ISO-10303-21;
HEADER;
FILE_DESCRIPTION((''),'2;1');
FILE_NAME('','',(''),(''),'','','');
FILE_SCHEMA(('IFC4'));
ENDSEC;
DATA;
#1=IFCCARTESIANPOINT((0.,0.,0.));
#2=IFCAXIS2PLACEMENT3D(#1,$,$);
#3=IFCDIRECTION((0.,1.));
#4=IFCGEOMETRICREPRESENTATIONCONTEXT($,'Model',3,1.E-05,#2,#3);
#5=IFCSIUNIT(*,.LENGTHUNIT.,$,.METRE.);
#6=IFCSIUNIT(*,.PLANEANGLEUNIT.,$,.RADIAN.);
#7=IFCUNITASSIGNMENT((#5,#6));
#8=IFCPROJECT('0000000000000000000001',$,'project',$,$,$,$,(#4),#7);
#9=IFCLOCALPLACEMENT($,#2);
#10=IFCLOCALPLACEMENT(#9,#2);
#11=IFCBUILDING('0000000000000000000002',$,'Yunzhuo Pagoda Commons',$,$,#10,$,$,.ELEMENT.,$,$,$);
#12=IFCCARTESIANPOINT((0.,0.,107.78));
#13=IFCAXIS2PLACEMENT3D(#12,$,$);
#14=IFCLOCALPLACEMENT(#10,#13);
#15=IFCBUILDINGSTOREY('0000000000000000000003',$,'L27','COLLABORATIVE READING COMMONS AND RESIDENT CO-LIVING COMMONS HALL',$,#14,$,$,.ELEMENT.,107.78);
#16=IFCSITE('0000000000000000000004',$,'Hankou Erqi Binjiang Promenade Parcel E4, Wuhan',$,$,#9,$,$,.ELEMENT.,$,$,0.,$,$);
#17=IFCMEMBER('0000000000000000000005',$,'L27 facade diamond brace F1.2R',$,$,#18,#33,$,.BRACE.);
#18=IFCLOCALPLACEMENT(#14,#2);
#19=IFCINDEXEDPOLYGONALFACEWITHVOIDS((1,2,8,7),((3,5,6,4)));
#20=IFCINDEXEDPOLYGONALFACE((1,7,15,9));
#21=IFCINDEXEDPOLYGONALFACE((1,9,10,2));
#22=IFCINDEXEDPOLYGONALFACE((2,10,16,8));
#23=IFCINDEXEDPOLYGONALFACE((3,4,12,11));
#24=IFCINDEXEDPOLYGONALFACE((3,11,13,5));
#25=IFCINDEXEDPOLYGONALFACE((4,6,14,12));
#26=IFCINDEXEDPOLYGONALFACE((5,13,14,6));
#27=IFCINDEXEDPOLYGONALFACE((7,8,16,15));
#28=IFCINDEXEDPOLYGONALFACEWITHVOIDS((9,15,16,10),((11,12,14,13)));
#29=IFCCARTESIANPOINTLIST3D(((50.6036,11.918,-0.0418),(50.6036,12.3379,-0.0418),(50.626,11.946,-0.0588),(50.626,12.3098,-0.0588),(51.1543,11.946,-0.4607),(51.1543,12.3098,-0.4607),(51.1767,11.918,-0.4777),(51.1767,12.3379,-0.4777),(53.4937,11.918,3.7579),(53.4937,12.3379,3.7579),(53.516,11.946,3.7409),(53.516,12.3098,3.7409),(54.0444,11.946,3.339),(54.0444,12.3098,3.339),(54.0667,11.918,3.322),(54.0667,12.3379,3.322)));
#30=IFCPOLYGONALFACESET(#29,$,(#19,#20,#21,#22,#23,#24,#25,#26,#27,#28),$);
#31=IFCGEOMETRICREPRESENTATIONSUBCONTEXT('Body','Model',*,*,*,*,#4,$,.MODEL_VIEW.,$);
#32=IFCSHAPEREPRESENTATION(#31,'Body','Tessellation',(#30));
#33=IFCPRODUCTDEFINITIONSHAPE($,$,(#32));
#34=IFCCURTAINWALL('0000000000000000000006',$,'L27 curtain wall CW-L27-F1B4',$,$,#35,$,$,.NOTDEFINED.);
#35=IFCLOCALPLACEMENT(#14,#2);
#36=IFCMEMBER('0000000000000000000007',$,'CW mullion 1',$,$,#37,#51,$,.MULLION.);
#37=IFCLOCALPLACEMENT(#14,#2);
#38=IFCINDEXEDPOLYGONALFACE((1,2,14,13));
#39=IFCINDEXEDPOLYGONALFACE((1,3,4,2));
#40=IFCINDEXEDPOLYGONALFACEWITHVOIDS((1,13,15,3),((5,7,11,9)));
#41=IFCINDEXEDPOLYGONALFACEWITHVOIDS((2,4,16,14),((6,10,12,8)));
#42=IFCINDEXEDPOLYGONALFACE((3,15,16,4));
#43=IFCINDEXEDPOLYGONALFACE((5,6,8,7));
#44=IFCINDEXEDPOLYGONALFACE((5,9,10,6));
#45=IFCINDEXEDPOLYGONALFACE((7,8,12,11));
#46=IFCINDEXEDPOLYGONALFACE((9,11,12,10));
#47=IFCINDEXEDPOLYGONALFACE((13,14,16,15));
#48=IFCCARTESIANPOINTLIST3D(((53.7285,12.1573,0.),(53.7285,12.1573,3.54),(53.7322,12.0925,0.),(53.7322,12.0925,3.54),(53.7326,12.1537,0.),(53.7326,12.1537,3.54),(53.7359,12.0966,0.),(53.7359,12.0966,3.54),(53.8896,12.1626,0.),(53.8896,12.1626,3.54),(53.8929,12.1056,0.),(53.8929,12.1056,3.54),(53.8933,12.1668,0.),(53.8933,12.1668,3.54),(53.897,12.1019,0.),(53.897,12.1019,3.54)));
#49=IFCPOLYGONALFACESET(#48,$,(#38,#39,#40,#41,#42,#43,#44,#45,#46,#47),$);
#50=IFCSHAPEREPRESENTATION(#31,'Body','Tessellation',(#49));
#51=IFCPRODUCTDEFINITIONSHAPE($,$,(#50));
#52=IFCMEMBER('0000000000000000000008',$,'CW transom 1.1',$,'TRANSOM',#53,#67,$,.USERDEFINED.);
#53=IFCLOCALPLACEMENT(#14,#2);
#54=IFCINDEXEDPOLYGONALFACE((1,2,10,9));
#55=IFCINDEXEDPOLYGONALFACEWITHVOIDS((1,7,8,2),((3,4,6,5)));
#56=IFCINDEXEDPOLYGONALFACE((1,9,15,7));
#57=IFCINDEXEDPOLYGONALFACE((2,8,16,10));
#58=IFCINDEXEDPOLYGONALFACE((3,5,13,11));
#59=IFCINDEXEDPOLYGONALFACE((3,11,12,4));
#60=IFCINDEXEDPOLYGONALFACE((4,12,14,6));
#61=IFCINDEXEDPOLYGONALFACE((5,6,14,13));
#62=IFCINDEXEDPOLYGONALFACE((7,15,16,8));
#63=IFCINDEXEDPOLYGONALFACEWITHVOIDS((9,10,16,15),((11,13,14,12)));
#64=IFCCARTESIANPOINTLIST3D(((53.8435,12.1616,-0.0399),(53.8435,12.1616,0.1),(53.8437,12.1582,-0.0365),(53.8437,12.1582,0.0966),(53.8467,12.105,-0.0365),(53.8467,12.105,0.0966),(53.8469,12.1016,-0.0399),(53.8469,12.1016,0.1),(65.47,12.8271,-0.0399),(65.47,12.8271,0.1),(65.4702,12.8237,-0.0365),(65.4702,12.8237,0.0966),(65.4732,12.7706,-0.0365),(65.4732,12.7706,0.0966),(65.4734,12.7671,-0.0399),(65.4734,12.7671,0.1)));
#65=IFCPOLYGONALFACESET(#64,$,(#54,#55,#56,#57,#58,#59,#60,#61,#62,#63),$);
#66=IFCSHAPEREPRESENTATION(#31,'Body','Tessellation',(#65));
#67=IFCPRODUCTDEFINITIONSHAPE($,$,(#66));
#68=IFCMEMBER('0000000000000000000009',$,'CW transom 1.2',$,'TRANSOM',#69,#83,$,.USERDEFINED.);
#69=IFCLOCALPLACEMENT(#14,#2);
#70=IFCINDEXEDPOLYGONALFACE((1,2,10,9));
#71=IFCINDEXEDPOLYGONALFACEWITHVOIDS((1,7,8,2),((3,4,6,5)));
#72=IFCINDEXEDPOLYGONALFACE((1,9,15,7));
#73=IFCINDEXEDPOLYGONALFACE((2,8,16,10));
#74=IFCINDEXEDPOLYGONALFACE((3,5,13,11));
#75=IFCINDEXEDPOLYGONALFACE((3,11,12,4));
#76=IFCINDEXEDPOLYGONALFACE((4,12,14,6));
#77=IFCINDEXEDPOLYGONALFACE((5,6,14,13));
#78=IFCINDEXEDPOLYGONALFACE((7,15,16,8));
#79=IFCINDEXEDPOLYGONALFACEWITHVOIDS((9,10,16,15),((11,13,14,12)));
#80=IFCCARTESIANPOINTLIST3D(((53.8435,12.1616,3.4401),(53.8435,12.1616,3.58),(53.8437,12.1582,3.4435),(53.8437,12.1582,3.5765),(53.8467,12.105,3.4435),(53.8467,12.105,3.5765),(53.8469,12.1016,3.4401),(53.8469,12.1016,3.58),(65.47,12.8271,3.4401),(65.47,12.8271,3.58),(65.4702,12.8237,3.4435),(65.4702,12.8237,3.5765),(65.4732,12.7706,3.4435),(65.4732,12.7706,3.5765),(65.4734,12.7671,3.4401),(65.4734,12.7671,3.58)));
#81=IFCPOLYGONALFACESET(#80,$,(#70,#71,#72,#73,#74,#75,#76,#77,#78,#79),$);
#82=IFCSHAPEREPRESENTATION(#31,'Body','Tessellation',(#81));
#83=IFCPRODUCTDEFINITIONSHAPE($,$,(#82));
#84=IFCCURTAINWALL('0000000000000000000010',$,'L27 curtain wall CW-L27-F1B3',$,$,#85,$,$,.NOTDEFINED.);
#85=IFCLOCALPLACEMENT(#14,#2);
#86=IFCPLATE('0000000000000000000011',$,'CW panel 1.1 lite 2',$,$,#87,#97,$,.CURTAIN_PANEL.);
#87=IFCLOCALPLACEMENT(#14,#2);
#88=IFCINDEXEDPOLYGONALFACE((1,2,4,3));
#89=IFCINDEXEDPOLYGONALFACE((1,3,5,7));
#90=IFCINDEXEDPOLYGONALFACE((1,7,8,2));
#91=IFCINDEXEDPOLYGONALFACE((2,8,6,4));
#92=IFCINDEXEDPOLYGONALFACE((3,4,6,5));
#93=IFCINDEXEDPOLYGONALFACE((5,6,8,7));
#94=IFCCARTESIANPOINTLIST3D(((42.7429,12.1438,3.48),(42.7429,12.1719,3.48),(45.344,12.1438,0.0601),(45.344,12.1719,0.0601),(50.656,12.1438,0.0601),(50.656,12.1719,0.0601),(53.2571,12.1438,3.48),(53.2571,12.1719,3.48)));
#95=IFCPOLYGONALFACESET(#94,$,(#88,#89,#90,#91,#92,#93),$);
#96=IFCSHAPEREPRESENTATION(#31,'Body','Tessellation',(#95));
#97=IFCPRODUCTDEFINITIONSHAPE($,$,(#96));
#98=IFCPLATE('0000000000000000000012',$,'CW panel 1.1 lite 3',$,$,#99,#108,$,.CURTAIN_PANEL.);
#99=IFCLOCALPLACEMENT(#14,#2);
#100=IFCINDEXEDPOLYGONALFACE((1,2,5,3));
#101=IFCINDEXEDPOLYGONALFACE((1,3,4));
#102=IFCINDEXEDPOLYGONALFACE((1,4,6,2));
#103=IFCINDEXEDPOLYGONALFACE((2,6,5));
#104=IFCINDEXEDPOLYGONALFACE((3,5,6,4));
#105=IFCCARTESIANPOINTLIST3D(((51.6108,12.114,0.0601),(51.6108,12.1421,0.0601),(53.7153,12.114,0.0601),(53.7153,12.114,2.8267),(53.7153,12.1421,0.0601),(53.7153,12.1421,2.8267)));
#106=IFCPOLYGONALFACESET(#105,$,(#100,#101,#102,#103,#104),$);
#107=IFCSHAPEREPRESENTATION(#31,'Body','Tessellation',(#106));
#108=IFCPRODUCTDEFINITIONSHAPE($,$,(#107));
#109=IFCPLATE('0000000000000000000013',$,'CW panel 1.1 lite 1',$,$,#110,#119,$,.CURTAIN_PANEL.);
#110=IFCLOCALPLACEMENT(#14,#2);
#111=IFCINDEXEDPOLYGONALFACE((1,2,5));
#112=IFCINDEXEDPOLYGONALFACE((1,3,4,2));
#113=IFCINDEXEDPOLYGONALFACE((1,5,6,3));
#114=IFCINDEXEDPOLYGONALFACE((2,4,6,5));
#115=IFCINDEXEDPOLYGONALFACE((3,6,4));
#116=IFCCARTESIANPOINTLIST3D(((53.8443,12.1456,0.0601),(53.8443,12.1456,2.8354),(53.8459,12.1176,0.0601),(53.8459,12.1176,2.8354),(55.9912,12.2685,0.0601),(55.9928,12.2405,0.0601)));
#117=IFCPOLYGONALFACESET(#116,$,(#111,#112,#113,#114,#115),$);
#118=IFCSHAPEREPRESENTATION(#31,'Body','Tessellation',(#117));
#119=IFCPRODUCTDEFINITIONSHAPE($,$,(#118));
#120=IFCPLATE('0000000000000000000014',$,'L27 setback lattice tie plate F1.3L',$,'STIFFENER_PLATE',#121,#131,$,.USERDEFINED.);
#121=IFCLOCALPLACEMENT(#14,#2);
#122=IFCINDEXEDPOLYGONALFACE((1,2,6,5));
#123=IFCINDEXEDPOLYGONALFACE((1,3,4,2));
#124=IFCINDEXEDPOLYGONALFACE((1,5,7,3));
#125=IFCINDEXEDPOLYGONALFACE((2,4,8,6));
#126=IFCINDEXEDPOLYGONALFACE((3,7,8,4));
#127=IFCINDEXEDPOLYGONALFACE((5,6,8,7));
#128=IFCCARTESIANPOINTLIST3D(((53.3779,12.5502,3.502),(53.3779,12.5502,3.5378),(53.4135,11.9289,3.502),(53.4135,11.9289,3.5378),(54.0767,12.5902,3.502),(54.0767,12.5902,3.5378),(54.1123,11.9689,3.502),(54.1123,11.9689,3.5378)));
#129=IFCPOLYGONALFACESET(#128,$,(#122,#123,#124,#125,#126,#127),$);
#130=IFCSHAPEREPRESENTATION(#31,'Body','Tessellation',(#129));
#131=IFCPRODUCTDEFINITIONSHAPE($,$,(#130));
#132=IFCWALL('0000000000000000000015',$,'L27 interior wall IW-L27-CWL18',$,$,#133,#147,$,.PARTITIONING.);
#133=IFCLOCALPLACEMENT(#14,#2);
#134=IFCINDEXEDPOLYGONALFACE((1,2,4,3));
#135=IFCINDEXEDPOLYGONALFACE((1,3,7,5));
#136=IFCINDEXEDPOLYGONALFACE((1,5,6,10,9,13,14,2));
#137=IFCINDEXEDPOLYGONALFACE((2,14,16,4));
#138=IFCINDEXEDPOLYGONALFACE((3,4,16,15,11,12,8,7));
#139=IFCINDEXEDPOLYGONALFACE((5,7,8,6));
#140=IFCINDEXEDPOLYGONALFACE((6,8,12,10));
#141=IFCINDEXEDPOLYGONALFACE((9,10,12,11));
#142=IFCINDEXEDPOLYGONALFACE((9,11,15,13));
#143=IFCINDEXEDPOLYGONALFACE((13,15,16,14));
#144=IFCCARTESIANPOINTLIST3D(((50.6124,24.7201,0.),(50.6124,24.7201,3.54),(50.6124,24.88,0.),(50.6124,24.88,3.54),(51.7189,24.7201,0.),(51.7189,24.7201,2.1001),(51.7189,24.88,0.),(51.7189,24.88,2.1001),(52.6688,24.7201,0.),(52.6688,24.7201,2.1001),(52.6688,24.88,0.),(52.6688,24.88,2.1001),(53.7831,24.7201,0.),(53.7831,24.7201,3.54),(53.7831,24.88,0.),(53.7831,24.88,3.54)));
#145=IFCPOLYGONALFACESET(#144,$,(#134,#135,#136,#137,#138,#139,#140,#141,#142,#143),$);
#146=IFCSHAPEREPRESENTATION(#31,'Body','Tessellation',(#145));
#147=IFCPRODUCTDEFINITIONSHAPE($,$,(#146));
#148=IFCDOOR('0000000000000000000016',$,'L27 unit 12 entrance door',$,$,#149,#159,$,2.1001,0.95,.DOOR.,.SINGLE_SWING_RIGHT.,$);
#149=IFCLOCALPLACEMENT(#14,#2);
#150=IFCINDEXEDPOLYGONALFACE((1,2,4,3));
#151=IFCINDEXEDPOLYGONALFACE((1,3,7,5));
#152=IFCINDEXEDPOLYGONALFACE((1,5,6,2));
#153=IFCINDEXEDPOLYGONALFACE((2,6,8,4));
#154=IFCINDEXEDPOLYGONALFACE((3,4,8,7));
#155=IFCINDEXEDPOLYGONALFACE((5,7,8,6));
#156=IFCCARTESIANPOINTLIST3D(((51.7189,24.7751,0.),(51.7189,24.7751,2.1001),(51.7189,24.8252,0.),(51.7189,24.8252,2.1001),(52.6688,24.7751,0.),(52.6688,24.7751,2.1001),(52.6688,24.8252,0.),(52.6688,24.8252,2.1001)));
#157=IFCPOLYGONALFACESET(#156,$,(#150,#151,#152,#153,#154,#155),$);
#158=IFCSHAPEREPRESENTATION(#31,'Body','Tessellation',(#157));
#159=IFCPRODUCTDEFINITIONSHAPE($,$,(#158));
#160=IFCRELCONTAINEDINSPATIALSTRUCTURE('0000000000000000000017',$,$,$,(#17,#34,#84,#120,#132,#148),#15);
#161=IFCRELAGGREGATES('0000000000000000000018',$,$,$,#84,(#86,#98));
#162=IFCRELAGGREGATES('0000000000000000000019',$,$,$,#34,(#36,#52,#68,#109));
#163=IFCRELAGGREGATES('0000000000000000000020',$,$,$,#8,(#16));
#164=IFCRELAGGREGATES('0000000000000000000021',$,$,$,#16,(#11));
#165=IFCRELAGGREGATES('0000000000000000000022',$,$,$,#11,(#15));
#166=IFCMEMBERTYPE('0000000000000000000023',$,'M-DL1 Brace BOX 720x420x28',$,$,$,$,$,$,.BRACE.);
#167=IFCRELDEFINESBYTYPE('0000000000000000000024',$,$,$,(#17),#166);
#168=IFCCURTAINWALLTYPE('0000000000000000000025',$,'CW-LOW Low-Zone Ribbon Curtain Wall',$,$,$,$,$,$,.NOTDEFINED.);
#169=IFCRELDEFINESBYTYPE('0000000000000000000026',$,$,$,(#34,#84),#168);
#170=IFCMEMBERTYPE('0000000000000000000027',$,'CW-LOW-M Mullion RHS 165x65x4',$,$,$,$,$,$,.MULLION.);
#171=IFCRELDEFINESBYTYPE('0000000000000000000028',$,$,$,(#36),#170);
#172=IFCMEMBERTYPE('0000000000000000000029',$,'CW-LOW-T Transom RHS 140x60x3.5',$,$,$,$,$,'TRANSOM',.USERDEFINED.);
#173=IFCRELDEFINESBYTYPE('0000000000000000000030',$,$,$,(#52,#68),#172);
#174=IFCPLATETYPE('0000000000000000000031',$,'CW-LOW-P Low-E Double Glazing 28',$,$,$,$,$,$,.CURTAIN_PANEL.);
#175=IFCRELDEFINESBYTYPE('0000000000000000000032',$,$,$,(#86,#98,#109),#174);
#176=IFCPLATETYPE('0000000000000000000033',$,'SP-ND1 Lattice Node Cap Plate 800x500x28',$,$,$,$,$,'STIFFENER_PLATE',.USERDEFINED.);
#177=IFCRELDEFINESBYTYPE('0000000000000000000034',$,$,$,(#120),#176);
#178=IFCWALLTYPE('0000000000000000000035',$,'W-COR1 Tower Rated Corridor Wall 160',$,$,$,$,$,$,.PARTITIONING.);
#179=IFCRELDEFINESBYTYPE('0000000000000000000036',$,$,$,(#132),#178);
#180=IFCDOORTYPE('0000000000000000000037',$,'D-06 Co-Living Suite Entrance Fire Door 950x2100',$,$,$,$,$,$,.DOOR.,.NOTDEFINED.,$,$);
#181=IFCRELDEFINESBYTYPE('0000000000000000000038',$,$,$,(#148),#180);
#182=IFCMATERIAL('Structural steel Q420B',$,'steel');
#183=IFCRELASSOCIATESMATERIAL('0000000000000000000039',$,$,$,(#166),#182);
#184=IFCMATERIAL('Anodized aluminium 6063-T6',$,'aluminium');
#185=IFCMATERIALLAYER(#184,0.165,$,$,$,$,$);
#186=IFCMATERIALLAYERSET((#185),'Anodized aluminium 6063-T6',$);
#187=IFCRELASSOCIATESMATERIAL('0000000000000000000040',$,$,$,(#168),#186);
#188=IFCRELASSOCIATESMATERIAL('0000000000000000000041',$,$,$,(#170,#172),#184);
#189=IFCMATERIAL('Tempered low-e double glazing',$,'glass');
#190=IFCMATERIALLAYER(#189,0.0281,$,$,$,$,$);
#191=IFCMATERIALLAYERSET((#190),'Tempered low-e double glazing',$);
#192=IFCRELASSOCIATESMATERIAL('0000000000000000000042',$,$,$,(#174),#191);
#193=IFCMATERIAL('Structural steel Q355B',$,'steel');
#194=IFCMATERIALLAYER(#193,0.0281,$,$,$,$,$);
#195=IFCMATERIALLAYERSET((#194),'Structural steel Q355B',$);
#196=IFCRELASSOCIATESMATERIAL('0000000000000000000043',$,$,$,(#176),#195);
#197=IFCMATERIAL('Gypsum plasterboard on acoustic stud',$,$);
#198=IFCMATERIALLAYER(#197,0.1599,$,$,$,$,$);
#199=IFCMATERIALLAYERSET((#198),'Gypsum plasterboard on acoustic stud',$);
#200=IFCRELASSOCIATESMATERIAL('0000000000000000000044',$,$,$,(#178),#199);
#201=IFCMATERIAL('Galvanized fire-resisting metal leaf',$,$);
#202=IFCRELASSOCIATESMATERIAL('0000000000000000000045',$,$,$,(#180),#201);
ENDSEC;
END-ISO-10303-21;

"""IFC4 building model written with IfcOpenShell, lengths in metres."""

from ifc_helpers import new_model, si_unit, direction, frame, frame_2d, origin, origin_with_axes, origin_2d, place, context, subcontext, project, spatial, polyline, rectangle, hollow_rectangle, outline, extrude, source, transform, mapped, material, layer, layer_set, material_profile, profile_set, type_object, element, fill, aggregate, save


model = new_model("IFC4")

# Units and contexts
model_context = context("Model", 3, precision=1e-05, world=origin(), true_north=direction((0.0, 1.0)))
body_context = subcontext(model_context, "Body", "Model", "MODEL_VIEW")
ifc_project = project(units=[si_unit("LENGTHUNIT", "METRE"), si_unit("PLANEANGLEUNIT", "RADIAN")], contexts=[model_context])

# Site, building, storey
site_placement = place(None, origin())
site = spatial("IfcSite", under=ifc_project, at=site_placement, Name="Hankou Erqi Binjiang Promenade Parcel E4, Wuhan", CompositionType="ELEMENT", RefElevation=0.0)
building_placement = place(site_placement, origin())
building = spatial("IfcBuilding", under=site, at=building_placement, Name="Yunzhuo Pagoda Commons", CompositionType="ELEMENT")
storey_placement = place(building_placement, frame((0.0, 0.0, 107.78)))
storey = spatial("IfcBuildingStorey", under=building, at=storey_placement, Name="L27", Description="COLLABORATIVE READING COMMONS AND RESIDENT CO-LIVING COMMONS HALL", CompositionType="ELEMENT", Elevation=107.78)

# Shared definitions
ifc_material_1 = material(Name="Structural steel Q420B", Category="steel")

# Shared definitions
ifc_material_2 = material(Name="Structural steel Q355B", Category="steel")

# Member
ifc_material_profile_1 = material_profile(ifc_material_1, hollow_rectangle(XDim=0.4199, YDim=0.72, WallThickness=0.0281, at=origin_2d()), Name="Structural steel Q420B")
ifc_profile_set_1 = profile_set([ifc_material_profile_1], Name="Structural steel Q420B")
member_type_1 = type_object("IfcMemberType", Name="M-DL1 Brace BOX 720x420x28", PredefinedType="BRACE", material=ifc_profile_set_1)
shared_shape_1 = source(origin(), body_context, "Body", "SweptSolid", [
    extrude(hollow_rectangle(XDim=0.4199, YDim=0.72, WallThickness=0.0281, at=origin_2d()), origin(), (0.0, 0.0, 1.0), 4.7739),
])
member_1_placement = place(storey_placement, frame((50.8901, 12.1279, -0.2598), z_axis=(0.605387, 0.0, 0.795932), x_axis=(0.0, 1.0, 0.0)))
element("IfcMember", 1, at=member_1_placement, inside=storey, type_object=member_type_1, Name="L27 facade diamond brace F1.2R", PredefinedType="BRACE", context=body_context, shape_type="MappedRepresentation", body=[
    mapped(shared_shape_1, transform((0.0, 0.0, 0.0), scale=1.0)),
])

# Curtain wall, members
ifc_material_3 = material(Name="Anodized aluminium 6063-T6", Category="aluminium")
ifc_layer_1 = layer(ifc_material_3, 0.165)
ifc_layer_set_1 = layer_set([ifc_layer_1], Name="Anodized aluminium 6063-T6")
curtain_wall_type = type_object("IfcCurtainWallType", Name="CW-LOW Low-Zone Ribbon Curtain Wall", PredefinedType="NOTDEFINED", material=ifc_layer_set_1)
curtain_wall_1_placement = place(storey_placement, origin())
curtain_wall_1 = element("IfcCurtainWall", 2, at=curtain_wall_1_placement, inside=storey, type_object=curtain_wall_type, Name="L27 curtain wall CW-L27-F1B4", PredefinedType="NOTDEFINED")
ifc_material_profile_2 = material_profile(ifc_material_3, hollow_rectangle(XDim=0.0649, YDim=0.165, WallThickness=0.0039, at=origin_2d()), Name="Anodized aluminium 6063-T6")
ifc_profile_set_2 = profile_set([ifc_material_profile_2], Name="Anodized aluminium 6063-T6")
member_type_2 = type_object("IfcMemberType", Name="CW-LOW-M Mullion RHS 165x65x4", PredefinedType="MULLION", material=ifc_profile_set_2)
shared_shape_2 = source(origin(), body_context, "Body", "SweptSolid", [
    extrude(hollow_rectangle(XDim=0.0649, YDim=0.165, WallThickness=0.0039, at=origin_2d()), origin(), (0.0, 0.0, 1.0), 3.54),
])
member_2_placement = place(storey_placement, frame((53.8127, 12.1296, 0.0), z_axis=(0.0, 0.0, 1.0), x_axis=(-0.057153, 0.998365, 0.0)))
member_2 = element("IfcMember", 3, at=member_2_placement, type_object=member_type_2, Name="CW mullion 1", PredefinedType="MULLION", context=body_context, shape_type="MappedRepresentation", body=[
    mapped(shared_shape_2, transform((0.0, 0.0, 0.0), scale=1.0)),
])
ifc_material_profile_3 = material_profile(ifc_material_3, hollow_rectangle(XDim=0.0601, YDim=0.1399, WallThickness=0.0034, at=origin_2d()), Name="Anodized aluminium 6063-T6")
ifc_profile_set_3 = profile_set([ifc_material_profile_3], Name="Anodized aluminium 6063-T6")
member_type_3 = type_object("IfcMemberType", Name="CW-LOW-T Transom RHS 140x60x3.5", ElementType="TRANSOM", PredefinedType="USERDEFINED", material=ifc_profile_set_3)
shared_shape_3 = source(origin(), body_context, "Body", "SweptSolid", [
    extrude(hollow_rectangle(XDim=0.0601, YDim=0.1399, WallThickness=0.0034, at=origin_2d()), origin(), (0.0, 0.0, 1.0), 11.6455),
])
member_3_placement = place(storey_placement, frame((53.8452, 12.1316, 0.03), z_axis=(0.998366, 0.057149, 0.0), x_axis=(-0.057149, 0.998366, 0.0)))
member_3 = element("IfcMember", 4, at=member_3_placement, type_object=member_type_3, Name="CW transom 1.1", ObjectType="TRANSOM", PredefinedType="USERDEFINED", context=body_context, shape_type="MappedRepresentation", body=[
    mapped(shared_shape_3, transform((0.0, 0.0, 0.0), scale=1.0)),
])
member_4_placement = place(storey_placement, frame((53.8452, 12.1316, 3.51), z_axis=(0.998366, 0.057149, 0.0), x_axis=(-0.057149, 0.998366, 0.0)))
member_4 = element("IfcMember", 5, at=member_4_placement, type_object=member_type_3, Name="CW transom 1.2", ObjectType="TRANSOM", PredefinedType="USERDEFINED", context=body_context, shape_type="MappedRepresentation", body=[
    mapped(shared_shape_3, transform((0.0, 0.0, 0.0), scale=1.0)),
])

# Curtain wall, plates
curtain_wall_2_placement = place(storey_placement, origin())
curtain_wall_2 = element("IfcCurtainWall", 6, at=curtain_wall_2_placement, inside=storey, type_object=curtain_wall_type, Name="L27 curtain wall CW-L27-F1B3", PredefinedType="NOTDEFINED")
ifc_material_4 = material(Name="Tempered low-e double glazing", Category="glass")
ifc_layer_2 = layer(ifc_material_4, 0.0281)
ifc_layer_set_2 = layer_set([ifc_layer_2], Name="Tempered low-e double glazing")
plate_type_1 = type_object("IfcPlateType", Name="CW-LOW-P Low-E Double Glazing 28", PredefinedType="CURTAIN_PANEL", material=ifc_layer_set_2)
plate_1_placement = place(storey_placement, frame((48.0, 12.1719, 1.77), z_axis=(0.0, -1.0, 0.0), x_axis=(1.0, 0.0, 0.0)))
plate_1 = element("IfcPlate", 7, at=plate_1_placement, type_object=plate_type_1, Name="CW panel 1.1 lite 2", PredefinedType="CURTAIN_PANEL", context=body_context, shape_type="SweptSolid", body=[
    extrude(outline(polyline([(-5.2571, 1.71), (-2.656, -1.71), (2.656, -1.71), (5.2571, 1.71), (-5.2571, 1.71)])), origin(), (0.0, 0.0, 1.0), 0.0281),
])
plate_2_placement = place(storey_placement, frame((52.6631, 12.1421, 1.4434), z_axis=(0.0, -1.0, 0.0), x_axis=(1.0, 0.0, 0.0)))
plate_2 = element("IfcPlate", 8, at=plate_2_placement, type_object=plate_type_1, Name="CW panel 1.1 lite 3", PredefinedType="CURTAIN_PANEL", context=body_context, shape_type="SweptSolid", body=[
    extrude(outline(polyline([(-1.0522, -1.3833), (1.0522, -1.3833), (1.0522, 1.3833), (-1.0522, -1.3833)])), origin(), (0.0, 0.0, 1.0), 0.0281),
])
aggregate(curtain_wall_2, [plate_1, plate_2])

# Plates
plate_3_placement = place(storey_placement, frame((54.9177, 12.207, 1.4478), z_axis=(0.057153, -0.998365, 0.0), x_axis=(0.998365, 0.057153, 0.0)))
plate_3 = element("IfcPlate", 9, at=plate_3_placement, type_object=plate_type_1, Name="CW panel 1.1 lite 1", PredefinedType="CURTAIN_PANEL", context=body_context, shape_type="SweptSolid", body=[
    extrude(outline(polyline([(-1.0752, -1.3877), (1.0752, -1.3877), (-1.0752, 1.3877), (-1.0752, -1.3877)])), origin(), (0.0, 0.0, 1.0), 0.0281),
])
aggregate(curtain_wall_1, [member_2, member_3, member_4, plate_3])
ifc_layer_3 = layer(ifc_material_2, 0.0281)
ifc_layer_set_3 = layer_set([ifc_layer_3], Name="Structural steel Q355B")
plate_type_2 = type_object("IfcPlateType", Name="SP-ND1 Lattice Node Cap Plate 800x500x28", ElementType="STIFFENER_PLATE", PredefinedType="USERDEFINED", material=ifc_layer_set_3)
shared_shape_4 = source(origin(), body_context, "Body", "SweptSolid", [
    extrude(rectangle(XDim=0.7, YDim=0.6223, at=origin_2d()), origin(), (0.0, 0.0, 1.0), 0.0359),
])
plate_4_placement = place(storey_placement, frame((53.7451, 12.2595, 3.502), z_axis=(0.0, 0.0, 1.0), x_axis=(0.998366, 0.057146, 0.0)))
element("IfcPlate", 10, at=plate_4_placement, inside=storey, type_object=plate_type_2, Name="L27 setback lattice tie plate F1.3L", ObjectType="STIFFENER_PLATE", PredefinedType="USERDEFINED", context=body_context, shape_type="MappedRepresentation", body=[
    mapped(shared_shape_4, transform((0.0, 0.0, 0.0), scale=1.0)),
])

# Wall, opening, door
ifc_material_5 = material(Name="Gypsum plasterboard on acoustic stud")
ifc_layer_4 = layer(ifc_material_5, 0.1599)
ifc_layer_set_4 = layer_set([ifc_layer_4], Name="Gypsum plasterboard on acoustic stud")
wall_type_1 = type_object("IfcWallType", Name="W-COR1 Tower Rated Corridor Wall 160", PredefinedType="PARTITIONING", material=ifc_layer_set_4)
wall_1_placement = place(storey_placement, frame((53.7832, 24.8, 0.0), z_axis=(0.0, 0.0, 1.0), x_axis=(-1.0, 0.0, 0.0)))
wall_1 = element("IfcWall", 11, at=wall_1_placement, inside=storey, type_object=wall_type_1, Name="L27 interior wall IW-L27-CWL18", PredefinedType="PARTITIONING", context=body_context, shape_type="SweptSolid", body=[
    extrude(rectangle(XDim=3.1707, YDim=0.1599, at=frame_2d((1.5854, 0.0))), origin(), (0.0, 0.0, 1.0), 3.54),
])
opening_1_placement = place(wall_1_placement, frame((1.1143, 0.0, 0.0)))
opening_1 = element("IfcOpeningElement", 12, at=opening_1_placement, cuts=wall_1, PredefinedType="OPENING", context=body_context, shape_type="SweptSolid", body=[
    extrude(rectangle(XDim=0.95, YDim=2.1001, at=frame_2d((0.4751, 1.05))), frame((0.0, 0.0898, 0.0), z_axis=(0.0, -1.0, 0.0), x_axis=(1.0, 0.0, 0.0)), (0.0, 0.0, 1.0), 0.1799),
])
ifc_material_6 = material(Name="Galvanized fire-resisting metal leaf")
door_type = type_object("IfcDoorType", Name="D-06 Co-Living Suite Entrance Fire Door 950x2100", OperationType="NOTDEFINED", PredefinedType="DOOR", material=ifc_material_6)
shared_shape_5 = source(origin(), body_context, "Body", "SweptSolid", [
    extrude(rectangle(XDim=0.95, YDim=2.1001, at=frame_2d((0.4751, 1.05))), frame((0.0, 0.0249, 0.0), z_axis=(0.0, -1.0, 0.0), x_axis=(1.0, 0.0, 0.0)), (0.0, 0.0, 1.0), 0.05),
])
door_1_placement = place(opening_1_placement, origin_with_axes())
door_1 = element("IfcDoor", 13, at=door_1_placement, inside=storey, type_object=door_type, Name="L27 unit 12 entrance door", OperationType="SINGLE_SWING_RIGHT", OverallHeight=2.1001, OverallWidth=0.95, PredefinedType="DOOR", context=body_context, shape_type="MappedRepresentation", body=[
    mapped(shared_shape_5, transform((0.0, 0.0, 0.0), scale=1.0)),
])
fill(opening_1, door_1)

save(model, "model.ifc")
